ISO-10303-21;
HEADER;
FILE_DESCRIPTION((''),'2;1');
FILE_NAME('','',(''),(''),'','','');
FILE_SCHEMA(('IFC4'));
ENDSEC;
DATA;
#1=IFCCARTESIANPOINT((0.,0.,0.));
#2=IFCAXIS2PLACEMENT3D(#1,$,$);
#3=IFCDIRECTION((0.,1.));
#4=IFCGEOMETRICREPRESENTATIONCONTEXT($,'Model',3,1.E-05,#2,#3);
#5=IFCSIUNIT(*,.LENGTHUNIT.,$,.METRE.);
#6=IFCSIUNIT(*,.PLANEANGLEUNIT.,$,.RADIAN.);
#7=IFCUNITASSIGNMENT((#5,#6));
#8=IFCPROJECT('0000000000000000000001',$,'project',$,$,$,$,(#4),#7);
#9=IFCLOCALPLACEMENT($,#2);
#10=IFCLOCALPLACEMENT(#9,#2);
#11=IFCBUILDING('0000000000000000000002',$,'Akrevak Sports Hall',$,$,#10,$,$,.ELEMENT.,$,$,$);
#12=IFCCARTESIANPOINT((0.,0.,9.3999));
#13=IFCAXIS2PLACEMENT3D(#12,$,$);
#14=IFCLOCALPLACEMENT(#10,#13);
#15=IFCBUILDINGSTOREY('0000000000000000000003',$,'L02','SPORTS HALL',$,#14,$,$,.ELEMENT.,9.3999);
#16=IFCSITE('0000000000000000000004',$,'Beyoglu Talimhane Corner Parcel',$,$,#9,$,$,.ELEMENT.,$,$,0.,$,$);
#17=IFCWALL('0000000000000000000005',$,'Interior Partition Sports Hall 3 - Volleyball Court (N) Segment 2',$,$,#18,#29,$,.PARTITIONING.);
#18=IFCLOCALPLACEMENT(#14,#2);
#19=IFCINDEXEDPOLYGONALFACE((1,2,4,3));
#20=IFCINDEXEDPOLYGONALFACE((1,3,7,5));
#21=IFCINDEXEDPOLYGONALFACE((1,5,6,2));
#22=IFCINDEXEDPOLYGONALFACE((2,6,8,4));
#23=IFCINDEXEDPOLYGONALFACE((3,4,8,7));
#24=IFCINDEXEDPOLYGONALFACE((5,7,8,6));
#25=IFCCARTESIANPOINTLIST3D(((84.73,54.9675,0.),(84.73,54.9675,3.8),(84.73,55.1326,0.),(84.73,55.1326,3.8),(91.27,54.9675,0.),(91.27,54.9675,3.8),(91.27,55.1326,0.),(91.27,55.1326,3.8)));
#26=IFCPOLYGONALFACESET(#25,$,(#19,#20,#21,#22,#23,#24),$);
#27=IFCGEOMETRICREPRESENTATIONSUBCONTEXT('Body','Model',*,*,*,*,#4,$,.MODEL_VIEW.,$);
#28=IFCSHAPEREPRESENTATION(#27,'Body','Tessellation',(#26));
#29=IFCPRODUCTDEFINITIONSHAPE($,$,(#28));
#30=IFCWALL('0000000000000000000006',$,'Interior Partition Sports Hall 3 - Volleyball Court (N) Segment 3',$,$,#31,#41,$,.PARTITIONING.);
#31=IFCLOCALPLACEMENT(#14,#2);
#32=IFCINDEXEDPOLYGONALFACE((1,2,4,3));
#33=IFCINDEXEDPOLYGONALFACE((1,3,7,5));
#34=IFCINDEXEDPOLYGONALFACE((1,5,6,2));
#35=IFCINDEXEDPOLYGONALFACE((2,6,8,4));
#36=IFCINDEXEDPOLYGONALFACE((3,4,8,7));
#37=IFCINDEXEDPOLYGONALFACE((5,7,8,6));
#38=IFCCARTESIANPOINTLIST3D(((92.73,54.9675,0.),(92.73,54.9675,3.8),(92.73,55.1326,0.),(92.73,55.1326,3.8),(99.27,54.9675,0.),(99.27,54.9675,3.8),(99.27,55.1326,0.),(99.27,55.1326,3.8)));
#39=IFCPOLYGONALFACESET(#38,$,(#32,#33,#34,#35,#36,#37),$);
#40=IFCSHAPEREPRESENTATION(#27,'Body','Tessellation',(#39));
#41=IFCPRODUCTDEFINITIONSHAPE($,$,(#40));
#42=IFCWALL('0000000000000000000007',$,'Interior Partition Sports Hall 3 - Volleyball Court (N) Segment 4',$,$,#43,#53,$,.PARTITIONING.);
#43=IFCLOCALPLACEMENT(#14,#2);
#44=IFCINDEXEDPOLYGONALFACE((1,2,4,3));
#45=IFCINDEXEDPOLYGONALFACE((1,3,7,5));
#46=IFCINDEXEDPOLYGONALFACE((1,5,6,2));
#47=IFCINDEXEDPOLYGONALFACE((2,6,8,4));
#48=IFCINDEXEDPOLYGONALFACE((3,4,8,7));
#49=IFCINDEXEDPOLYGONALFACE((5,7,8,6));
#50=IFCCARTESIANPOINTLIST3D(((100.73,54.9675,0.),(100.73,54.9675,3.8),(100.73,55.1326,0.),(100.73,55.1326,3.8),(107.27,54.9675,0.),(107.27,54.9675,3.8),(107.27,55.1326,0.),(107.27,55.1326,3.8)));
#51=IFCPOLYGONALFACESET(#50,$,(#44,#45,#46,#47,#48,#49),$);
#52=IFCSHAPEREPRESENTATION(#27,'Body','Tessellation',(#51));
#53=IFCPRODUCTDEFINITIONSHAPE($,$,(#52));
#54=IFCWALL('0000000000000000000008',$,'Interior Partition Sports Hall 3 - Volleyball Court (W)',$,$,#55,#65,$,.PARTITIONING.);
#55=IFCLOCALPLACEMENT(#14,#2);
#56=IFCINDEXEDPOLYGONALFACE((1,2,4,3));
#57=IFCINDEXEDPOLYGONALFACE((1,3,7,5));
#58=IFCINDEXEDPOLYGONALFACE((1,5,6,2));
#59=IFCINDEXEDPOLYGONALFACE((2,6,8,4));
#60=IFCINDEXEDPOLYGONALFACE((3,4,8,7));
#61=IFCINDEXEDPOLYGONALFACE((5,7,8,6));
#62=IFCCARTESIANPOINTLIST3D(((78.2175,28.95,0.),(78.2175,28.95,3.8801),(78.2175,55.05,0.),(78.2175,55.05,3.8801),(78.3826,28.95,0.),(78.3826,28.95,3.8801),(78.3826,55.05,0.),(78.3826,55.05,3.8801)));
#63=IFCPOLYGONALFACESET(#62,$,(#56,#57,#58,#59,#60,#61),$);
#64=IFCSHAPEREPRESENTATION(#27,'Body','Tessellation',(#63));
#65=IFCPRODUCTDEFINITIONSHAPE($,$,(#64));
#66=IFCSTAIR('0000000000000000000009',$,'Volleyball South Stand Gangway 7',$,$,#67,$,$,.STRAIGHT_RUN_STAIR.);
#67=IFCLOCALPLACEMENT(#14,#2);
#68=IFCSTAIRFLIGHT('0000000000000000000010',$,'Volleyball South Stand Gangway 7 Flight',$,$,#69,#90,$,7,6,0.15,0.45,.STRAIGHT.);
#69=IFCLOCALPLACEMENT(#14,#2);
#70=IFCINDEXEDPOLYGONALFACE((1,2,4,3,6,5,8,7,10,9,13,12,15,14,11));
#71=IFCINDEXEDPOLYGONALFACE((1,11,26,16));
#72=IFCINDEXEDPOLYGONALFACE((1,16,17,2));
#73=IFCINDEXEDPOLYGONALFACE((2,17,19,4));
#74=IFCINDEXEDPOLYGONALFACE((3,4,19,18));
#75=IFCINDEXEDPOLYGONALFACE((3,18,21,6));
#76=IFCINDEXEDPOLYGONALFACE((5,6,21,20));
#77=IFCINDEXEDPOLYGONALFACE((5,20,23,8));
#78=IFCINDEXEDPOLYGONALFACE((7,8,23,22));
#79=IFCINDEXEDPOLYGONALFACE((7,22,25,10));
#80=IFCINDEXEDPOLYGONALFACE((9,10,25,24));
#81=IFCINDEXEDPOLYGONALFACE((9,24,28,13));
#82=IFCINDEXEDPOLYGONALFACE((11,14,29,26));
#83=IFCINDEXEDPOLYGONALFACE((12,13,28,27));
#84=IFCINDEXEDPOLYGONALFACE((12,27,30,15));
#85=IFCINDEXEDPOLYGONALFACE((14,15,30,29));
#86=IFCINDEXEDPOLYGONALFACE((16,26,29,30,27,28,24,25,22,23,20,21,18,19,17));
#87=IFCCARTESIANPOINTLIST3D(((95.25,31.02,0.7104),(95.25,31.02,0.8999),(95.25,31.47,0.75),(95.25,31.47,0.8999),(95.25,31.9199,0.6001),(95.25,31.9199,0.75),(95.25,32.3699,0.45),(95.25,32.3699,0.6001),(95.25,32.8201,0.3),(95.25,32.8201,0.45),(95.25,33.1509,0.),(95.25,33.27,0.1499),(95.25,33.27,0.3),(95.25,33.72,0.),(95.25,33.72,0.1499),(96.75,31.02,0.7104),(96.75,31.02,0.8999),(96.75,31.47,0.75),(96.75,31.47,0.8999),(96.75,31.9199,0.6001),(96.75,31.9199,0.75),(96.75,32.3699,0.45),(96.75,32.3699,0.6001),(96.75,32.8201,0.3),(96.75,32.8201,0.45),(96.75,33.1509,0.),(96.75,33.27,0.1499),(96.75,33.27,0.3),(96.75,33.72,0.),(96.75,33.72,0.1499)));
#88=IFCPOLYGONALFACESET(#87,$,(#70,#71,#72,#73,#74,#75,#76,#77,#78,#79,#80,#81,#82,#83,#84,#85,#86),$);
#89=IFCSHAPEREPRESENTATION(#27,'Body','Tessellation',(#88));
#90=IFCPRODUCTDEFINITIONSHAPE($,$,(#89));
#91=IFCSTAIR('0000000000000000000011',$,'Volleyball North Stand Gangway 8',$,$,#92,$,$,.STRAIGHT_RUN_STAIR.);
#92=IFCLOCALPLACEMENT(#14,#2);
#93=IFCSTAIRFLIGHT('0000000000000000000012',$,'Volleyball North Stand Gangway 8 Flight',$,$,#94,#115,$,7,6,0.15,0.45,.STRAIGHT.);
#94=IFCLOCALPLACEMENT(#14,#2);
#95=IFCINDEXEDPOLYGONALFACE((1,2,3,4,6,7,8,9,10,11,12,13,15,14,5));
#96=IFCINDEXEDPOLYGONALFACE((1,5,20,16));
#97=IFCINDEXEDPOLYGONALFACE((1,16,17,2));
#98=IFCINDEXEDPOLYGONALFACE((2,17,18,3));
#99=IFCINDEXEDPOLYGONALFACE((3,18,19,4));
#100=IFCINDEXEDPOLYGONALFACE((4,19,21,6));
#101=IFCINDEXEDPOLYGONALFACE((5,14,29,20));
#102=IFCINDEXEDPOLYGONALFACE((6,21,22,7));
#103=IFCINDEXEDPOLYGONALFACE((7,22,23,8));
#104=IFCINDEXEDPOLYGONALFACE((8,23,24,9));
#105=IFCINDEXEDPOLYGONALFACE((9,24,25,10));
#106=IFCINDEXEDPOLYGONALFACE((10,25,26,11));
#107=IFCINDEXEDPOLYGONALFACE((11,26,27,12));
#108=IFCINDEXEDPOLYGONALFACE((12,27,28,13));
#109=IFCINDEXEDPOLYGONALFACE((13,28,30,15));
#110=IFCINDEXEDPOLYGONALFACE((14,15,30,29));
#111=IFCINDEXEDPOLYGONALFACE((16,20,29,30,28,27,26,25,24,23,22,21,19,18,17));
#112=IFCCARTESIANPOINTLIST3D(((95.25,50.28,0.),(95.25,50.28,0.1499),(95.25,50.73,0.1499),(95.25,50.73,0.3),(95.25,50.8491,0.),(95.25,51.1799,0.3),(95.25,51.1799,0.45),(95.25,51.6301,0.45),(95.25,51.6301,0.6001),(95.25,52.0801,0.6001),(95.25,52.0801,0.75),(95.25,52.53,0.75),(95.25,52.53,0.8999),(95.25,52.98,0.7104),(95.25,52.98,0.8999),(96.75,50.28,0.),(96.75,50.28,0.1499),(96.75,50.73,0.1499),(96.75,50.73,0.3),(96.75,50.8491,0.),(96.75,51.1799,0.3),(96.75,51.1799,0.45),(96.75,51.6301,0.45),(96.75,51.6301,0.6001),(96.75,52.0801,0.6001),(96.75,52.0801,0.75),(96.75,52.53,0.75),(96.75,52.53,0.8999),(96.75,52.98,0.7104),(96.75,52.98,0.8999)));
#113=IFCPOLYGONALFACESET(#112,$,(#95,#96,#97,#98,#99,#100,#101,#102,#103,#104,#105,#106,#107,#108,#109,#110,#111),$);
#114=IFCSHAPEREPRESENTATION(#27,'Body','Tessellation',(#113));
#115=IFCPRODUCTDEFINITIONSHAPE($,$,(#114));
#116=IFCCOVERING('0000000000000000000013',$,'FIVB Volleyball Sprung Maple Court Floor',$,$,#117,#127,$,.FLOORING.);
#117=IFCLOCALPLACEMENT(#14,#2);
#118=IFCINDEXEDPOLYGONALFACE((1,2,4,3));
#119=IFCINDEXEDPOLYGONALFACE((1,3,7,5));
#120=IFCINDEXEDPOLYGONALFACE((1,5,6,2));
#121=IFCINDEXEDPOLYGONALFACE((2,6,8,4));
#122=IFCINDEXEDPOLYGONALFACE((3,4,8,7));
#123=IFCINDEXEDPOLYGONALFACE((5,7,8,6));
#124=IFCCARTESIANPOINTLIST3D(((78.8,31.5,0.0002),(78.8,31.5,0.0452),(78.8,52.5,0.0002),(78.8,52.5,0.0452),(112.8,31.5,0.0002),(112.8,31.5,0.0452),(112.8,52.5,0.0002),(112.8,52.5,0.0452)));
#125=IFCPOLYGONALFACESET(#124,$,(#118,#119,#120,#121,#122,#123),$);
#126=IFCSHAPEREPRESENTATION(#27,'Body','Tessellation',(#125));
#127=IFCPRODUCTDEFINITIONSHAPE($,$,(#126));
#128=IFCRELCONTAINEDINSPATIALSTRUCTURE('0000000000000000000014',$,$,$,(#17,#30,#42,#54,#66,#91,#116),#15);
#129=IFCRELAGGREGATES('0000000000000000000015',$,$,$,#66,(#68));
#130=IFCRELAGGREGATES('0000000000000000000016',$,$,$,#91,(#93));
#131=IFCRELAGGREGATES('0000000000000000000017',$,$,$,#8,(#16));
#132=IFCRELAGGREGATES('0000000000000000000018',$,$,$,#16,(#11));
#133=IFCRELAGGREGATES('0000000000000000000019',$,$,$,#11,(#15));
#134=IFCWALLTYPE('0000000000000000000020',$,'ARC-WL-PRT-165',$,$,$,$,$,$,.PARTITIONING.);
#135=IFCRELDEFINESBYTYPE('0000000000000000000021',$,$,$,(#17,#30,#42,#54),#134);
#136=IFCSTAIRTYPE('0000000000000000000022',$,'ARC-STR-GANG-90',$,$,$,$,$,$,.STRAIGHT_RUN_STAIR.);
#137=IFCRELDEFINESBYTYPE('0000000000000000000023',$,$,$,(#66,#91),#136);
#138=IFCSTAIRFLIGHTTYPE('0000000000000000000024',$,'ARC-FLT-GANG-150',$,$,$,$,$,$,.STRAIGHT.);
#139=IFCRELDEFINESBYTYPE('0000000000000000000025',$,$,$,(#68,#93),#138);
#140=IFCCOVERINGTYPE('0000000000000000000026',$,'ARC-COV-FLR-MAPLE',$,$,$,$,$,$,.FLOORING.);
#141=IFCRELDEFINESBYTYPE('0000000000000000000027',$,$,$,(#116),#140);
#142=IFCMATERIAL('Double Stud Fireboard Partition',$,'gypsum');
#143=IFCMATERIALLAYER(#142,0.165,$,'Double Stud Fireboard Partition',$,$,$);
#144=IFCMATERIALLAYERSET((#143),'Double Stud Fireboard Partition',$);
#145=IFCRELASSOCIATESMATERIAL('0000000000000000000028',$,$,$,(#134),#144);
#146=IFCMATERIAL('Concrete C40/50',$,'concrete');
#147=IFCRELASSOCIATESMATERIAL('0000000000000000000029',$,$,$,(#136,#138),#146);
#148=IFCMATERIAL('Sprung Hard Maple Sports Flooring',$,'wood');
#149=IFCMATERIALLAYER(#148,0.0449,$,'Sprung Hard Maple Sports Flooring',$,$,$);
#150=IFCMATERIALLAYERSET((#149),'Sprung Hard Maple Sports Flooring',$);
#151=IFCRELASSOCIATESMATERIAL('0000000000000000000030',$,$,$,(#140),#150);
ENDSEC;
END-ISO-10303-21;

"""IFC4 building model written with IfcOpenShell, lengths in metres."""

from ifc_helpers import new_model, si_unit, direction, frame, frame_2d, origin, origin_2d, place, context, subcontext, project, spatial, polyline, rectangle, outline, extrude, material, layer, layer_set, type_object, element, aggregate, save


model = new_model("IFC4")

# Units and contexts
model_context = context("Model", 3, precision=1e-05, world=origin(), true_north=direction((0.0, 1.0)))
body_context = subcontext(model_context, "Body", "Model", "MODEL_VIEW")
ifc_project = project(units=[si_unit("LENGTHUNIT", "METRE"), si_unit("PLANEANGLEUNIT", "RADIAN")], contexts=[model_context])

# Site, building, storey
site_placement = place(None, origin())
site = spatial("IfcSite", under=ifc_project, at=site_placement, Name="Beyoglu Talimhane Corner Parcel", CompositionType="ELEMENT", RefElevation=0.0)
building_placement = place(site_placement, origin())
building = spatial("IfcBuilding", under=site, at=building_placement, Name="Akrevak Sports Hall", CompositionType="ELEMENT")
storey_placement = place(building_placement, frame((0.0, 0.0, 9.3999)))
storey = spatial("IfcBuildingStorey", under=building, at=storey_placement, Name="L02", Description="SPORTS HALL", CompositionType="ELEMENT", Elevation=9.3999)

# Shared definitions
ifc_material_1 = material(Name="Concrete C40/50", Category="concrete")

# Walls
ifc_material_2 = material(Name="Double Stud Fireboard Partition", Category="gypsum")
ifc_layer_1 = layer(ifc_material_2, 0.165, Name="Double Stud Fireboard Partition")
ifc_layer_set_1 = layer_set([ifc_layer_1], Name="Double Stud Fireboard Partition")
wall_type = type_object("IfcWallType", Name="ARC-WL-PRT-165", PredefinedType="PARTITIONING", material=ifc_layer_set_1)
for number, where, z_axis, x_axis, name in (
    (1, (84.73, 55.05, 0.0), (0.0, 0.0, 1.0), (1.0, 0.0, 0.0), "Interior Partition Sports Hall 3 - Volleyball Court (N) Segment 2"),
    (2, (92.73, 55.05, 0.0), (0.0, 0.0, 1.0), (1.0, 0.0, 0.0), "Interior Partition Sports Hall 3 - Volleyball Court (N) Segment 3"),
    (3, (100.73, 55.05, 0.0), (0.0, 0.0, 1.0), (1.0, 0.0, 0.0), "Interior Partition Sports Hall 3 - Volleyball Court (N) Segment 4"),
):
    element("IfcWall", number, at=place(storey_placement, frame(where, z_axis=z_axis, x_axis=x_axis)), inside=storey, type_object=wall_type, Name=name, PredefinedType="PARTITIONING", context=body_context, shape_type="SweptSolid", body=[
        extrude(rectangle(XDim=6.54, YDim=0.165, at=frame_2d((3.27, 0.0))), origin(), (0.0, 0.0, 1.0), 3.8),
    ])
wall_1_placement = place(storey_placement, frame((78.3, 28.95, 0.0), z_axis=(0.0, 0.0, 1.0), x_axis=(0.0, 1.0, 0.0)))
element("IfcWall", 4, at=wall_1_placement, inside=storey, type_object=wall_type, Name="Interior Partition Sports Hall 3 - Volleyball Court (W)", PredefinedType="PARTITIONING", context=body_context, shape_type="SweptSolid", body=[
    extrude(rectangle(XDim=26.1001, YDim=0.165, at=frame_2d((13.05, 0.0))), origin(), (0.0, 0.0, 1.0), 3.8801),
])

# Stairs, stair flights
stair_type = type_object("IfcStairType", Name="ARC-STR-GANG-90", PredefinedType="STRAIGHT_RUN_STAIR", material=ifc_material_1)
stair_1_placement = place(storey_placement, origin())
stair_1 = element("IfcStair", 5, at=stair_1_placement, inside=storey, type_object=stair_type, Name="Volleyball South Stand Gangway 7", PredefinedType="STRAIGHT_RUN_STAIR")
stair_flight_type = type_object("IfcStairFlightType", Name="ARC-FLT-GANG-150", PredefinedType="STRAIGHT", material=ifc_material_1)
stair_flight_1_placement = place(storey_placement, frame((96.0, 33.72, 0.0), z_axis=(0.0, 0.0, 1.0), x_axis=(0.0, -1.0, 0.0)))
stair_flight_1 = element("IfcStairFlight", 6, at=stair_flight_1_placement, type_object=stair_flight_type, Name="Volleyball South Stand Gangway 7 Flight", NumberOfRisers=7, NumberOfTreads=6, PredefinedType="STRAIGHT", RiserHeight=0.15, TreadLength=0.45, context=body_context, shape_type="SweptSolid", body=[
    extrude(outline(polyline([(0.0, 0.0), (0.0, 0.1499), (0.45, 0.1499), (0.45, 0.3), (0.8999, 0.3), (0.8999, 0.45), (1.3501, 0.45), (1.3501, 0.6001), (1.8, 0.6001), (1.8, 0.75), (2.25, 0.75), (2.25, 0.8999), (2.7, 0.8999), (2.7, 1.05), (2.7, 0.7104), (0.5691, 0.0), (0.0, 0.0)])), frame((0.0, 0.75, 0.0), z_axis=(0.0, -1.0, 0.0), x_axis=(1.0, 0.0, 0.0)), (0.0, 0.0, 1.0), 1.5),
])
aggregate(stair_1, [stair_flight_1])
stair_2_placement = place(storey_placement, origin())
stair_2 = element("IfcStair", 7, at=stair_2_placement, inside=storey, type_object=stair_type, Name="Volleyball North Stand Gangway 8", PredefinedType="STRAIGHT_RUN_STAIR")
stair_flight_2_placement = place(storey_placement, frame((96.0, 50.28, 0.0), z_axis=(0.0, 0.0, 1.0), x_axis=(0.0, 1.0, 0.0)))
stair_flight_2 = element("IfcStairFlight", 8, at=stair_flight_2_placement, type_object=stair_flight_type, Name="Volleyball North Stand Gangway 8 Flight", NumberOfRisers=7, NumberOfTreads=6, PredefinedType="STRAIGHT", RiserHeight=0.15, TreadLength=0.45, context=body_context, shape_type="SweptSolid", body=[
    extrude(outline(polyline([(0.0, 0.0), (0.0, 0.1499), (0.45, 0.1499), (0.45, 0.3), (0.8999, 0.3), (0.8999, 0.45), (1.3501, 0.45), (1.3501, 0.6001), (1.8, 0.6001), (1.8, 0.75), (2.25, 0.75), (2.25, 0.8999), (2.7, 0.8999), (2.7, 1.05), (2.7, 0.7104), (0.5691, 0.0), (0.0, 0.0)])), frame((0.0, 0.75, 0.0), z_axis=(0.0, -1.0, 0.0), x_axis=(1.0, 0.0, 0.0)), (0.0, 0.0, 1.0), 1.5),
])
aggregate(stair_2, [stair_flight_2])

# Covering
ifc_material_3 = material(Name="Sprung Hard Maple Sports Flooring", Category="wood")
ifc_layer_2 = layer(ifc_material_3, 0.0449, Name="Sprung Hard Maple Sports Flooring")
ifc_layer_set_2 = layer_set([ifc_layer_2], Name="Sprung Hard Maple Sports Flooring")
covering_type = type_object("IfcCoveringType", Name="ARC-COV-FLR-MAPLE", PredefinedType="FLOORING", material=ifc_layer_set_2)
covering_placement = place(storey_placement, frame((95.8, 42.0, 0.0002), z_axis=(0.0, 0.0, 1.0), x_axis=(1.0, 0.0, 0.0)))
element("IfcCovering", 9, at=covering_placement, inside=storey, type_object=covering_type, Name="FIVB Volleyball Sprung Maple Court Floor", PredefinedType="FLOORING", context=body_context, shape_type="SweptSolid", body=[
    extrude(rectangle(XDim=34.0, YDim=21.0, at=origin_2d()), origin(), (0.0, 0.0, 1.0), 0.0449),
])

save(model, "model.ifc")
